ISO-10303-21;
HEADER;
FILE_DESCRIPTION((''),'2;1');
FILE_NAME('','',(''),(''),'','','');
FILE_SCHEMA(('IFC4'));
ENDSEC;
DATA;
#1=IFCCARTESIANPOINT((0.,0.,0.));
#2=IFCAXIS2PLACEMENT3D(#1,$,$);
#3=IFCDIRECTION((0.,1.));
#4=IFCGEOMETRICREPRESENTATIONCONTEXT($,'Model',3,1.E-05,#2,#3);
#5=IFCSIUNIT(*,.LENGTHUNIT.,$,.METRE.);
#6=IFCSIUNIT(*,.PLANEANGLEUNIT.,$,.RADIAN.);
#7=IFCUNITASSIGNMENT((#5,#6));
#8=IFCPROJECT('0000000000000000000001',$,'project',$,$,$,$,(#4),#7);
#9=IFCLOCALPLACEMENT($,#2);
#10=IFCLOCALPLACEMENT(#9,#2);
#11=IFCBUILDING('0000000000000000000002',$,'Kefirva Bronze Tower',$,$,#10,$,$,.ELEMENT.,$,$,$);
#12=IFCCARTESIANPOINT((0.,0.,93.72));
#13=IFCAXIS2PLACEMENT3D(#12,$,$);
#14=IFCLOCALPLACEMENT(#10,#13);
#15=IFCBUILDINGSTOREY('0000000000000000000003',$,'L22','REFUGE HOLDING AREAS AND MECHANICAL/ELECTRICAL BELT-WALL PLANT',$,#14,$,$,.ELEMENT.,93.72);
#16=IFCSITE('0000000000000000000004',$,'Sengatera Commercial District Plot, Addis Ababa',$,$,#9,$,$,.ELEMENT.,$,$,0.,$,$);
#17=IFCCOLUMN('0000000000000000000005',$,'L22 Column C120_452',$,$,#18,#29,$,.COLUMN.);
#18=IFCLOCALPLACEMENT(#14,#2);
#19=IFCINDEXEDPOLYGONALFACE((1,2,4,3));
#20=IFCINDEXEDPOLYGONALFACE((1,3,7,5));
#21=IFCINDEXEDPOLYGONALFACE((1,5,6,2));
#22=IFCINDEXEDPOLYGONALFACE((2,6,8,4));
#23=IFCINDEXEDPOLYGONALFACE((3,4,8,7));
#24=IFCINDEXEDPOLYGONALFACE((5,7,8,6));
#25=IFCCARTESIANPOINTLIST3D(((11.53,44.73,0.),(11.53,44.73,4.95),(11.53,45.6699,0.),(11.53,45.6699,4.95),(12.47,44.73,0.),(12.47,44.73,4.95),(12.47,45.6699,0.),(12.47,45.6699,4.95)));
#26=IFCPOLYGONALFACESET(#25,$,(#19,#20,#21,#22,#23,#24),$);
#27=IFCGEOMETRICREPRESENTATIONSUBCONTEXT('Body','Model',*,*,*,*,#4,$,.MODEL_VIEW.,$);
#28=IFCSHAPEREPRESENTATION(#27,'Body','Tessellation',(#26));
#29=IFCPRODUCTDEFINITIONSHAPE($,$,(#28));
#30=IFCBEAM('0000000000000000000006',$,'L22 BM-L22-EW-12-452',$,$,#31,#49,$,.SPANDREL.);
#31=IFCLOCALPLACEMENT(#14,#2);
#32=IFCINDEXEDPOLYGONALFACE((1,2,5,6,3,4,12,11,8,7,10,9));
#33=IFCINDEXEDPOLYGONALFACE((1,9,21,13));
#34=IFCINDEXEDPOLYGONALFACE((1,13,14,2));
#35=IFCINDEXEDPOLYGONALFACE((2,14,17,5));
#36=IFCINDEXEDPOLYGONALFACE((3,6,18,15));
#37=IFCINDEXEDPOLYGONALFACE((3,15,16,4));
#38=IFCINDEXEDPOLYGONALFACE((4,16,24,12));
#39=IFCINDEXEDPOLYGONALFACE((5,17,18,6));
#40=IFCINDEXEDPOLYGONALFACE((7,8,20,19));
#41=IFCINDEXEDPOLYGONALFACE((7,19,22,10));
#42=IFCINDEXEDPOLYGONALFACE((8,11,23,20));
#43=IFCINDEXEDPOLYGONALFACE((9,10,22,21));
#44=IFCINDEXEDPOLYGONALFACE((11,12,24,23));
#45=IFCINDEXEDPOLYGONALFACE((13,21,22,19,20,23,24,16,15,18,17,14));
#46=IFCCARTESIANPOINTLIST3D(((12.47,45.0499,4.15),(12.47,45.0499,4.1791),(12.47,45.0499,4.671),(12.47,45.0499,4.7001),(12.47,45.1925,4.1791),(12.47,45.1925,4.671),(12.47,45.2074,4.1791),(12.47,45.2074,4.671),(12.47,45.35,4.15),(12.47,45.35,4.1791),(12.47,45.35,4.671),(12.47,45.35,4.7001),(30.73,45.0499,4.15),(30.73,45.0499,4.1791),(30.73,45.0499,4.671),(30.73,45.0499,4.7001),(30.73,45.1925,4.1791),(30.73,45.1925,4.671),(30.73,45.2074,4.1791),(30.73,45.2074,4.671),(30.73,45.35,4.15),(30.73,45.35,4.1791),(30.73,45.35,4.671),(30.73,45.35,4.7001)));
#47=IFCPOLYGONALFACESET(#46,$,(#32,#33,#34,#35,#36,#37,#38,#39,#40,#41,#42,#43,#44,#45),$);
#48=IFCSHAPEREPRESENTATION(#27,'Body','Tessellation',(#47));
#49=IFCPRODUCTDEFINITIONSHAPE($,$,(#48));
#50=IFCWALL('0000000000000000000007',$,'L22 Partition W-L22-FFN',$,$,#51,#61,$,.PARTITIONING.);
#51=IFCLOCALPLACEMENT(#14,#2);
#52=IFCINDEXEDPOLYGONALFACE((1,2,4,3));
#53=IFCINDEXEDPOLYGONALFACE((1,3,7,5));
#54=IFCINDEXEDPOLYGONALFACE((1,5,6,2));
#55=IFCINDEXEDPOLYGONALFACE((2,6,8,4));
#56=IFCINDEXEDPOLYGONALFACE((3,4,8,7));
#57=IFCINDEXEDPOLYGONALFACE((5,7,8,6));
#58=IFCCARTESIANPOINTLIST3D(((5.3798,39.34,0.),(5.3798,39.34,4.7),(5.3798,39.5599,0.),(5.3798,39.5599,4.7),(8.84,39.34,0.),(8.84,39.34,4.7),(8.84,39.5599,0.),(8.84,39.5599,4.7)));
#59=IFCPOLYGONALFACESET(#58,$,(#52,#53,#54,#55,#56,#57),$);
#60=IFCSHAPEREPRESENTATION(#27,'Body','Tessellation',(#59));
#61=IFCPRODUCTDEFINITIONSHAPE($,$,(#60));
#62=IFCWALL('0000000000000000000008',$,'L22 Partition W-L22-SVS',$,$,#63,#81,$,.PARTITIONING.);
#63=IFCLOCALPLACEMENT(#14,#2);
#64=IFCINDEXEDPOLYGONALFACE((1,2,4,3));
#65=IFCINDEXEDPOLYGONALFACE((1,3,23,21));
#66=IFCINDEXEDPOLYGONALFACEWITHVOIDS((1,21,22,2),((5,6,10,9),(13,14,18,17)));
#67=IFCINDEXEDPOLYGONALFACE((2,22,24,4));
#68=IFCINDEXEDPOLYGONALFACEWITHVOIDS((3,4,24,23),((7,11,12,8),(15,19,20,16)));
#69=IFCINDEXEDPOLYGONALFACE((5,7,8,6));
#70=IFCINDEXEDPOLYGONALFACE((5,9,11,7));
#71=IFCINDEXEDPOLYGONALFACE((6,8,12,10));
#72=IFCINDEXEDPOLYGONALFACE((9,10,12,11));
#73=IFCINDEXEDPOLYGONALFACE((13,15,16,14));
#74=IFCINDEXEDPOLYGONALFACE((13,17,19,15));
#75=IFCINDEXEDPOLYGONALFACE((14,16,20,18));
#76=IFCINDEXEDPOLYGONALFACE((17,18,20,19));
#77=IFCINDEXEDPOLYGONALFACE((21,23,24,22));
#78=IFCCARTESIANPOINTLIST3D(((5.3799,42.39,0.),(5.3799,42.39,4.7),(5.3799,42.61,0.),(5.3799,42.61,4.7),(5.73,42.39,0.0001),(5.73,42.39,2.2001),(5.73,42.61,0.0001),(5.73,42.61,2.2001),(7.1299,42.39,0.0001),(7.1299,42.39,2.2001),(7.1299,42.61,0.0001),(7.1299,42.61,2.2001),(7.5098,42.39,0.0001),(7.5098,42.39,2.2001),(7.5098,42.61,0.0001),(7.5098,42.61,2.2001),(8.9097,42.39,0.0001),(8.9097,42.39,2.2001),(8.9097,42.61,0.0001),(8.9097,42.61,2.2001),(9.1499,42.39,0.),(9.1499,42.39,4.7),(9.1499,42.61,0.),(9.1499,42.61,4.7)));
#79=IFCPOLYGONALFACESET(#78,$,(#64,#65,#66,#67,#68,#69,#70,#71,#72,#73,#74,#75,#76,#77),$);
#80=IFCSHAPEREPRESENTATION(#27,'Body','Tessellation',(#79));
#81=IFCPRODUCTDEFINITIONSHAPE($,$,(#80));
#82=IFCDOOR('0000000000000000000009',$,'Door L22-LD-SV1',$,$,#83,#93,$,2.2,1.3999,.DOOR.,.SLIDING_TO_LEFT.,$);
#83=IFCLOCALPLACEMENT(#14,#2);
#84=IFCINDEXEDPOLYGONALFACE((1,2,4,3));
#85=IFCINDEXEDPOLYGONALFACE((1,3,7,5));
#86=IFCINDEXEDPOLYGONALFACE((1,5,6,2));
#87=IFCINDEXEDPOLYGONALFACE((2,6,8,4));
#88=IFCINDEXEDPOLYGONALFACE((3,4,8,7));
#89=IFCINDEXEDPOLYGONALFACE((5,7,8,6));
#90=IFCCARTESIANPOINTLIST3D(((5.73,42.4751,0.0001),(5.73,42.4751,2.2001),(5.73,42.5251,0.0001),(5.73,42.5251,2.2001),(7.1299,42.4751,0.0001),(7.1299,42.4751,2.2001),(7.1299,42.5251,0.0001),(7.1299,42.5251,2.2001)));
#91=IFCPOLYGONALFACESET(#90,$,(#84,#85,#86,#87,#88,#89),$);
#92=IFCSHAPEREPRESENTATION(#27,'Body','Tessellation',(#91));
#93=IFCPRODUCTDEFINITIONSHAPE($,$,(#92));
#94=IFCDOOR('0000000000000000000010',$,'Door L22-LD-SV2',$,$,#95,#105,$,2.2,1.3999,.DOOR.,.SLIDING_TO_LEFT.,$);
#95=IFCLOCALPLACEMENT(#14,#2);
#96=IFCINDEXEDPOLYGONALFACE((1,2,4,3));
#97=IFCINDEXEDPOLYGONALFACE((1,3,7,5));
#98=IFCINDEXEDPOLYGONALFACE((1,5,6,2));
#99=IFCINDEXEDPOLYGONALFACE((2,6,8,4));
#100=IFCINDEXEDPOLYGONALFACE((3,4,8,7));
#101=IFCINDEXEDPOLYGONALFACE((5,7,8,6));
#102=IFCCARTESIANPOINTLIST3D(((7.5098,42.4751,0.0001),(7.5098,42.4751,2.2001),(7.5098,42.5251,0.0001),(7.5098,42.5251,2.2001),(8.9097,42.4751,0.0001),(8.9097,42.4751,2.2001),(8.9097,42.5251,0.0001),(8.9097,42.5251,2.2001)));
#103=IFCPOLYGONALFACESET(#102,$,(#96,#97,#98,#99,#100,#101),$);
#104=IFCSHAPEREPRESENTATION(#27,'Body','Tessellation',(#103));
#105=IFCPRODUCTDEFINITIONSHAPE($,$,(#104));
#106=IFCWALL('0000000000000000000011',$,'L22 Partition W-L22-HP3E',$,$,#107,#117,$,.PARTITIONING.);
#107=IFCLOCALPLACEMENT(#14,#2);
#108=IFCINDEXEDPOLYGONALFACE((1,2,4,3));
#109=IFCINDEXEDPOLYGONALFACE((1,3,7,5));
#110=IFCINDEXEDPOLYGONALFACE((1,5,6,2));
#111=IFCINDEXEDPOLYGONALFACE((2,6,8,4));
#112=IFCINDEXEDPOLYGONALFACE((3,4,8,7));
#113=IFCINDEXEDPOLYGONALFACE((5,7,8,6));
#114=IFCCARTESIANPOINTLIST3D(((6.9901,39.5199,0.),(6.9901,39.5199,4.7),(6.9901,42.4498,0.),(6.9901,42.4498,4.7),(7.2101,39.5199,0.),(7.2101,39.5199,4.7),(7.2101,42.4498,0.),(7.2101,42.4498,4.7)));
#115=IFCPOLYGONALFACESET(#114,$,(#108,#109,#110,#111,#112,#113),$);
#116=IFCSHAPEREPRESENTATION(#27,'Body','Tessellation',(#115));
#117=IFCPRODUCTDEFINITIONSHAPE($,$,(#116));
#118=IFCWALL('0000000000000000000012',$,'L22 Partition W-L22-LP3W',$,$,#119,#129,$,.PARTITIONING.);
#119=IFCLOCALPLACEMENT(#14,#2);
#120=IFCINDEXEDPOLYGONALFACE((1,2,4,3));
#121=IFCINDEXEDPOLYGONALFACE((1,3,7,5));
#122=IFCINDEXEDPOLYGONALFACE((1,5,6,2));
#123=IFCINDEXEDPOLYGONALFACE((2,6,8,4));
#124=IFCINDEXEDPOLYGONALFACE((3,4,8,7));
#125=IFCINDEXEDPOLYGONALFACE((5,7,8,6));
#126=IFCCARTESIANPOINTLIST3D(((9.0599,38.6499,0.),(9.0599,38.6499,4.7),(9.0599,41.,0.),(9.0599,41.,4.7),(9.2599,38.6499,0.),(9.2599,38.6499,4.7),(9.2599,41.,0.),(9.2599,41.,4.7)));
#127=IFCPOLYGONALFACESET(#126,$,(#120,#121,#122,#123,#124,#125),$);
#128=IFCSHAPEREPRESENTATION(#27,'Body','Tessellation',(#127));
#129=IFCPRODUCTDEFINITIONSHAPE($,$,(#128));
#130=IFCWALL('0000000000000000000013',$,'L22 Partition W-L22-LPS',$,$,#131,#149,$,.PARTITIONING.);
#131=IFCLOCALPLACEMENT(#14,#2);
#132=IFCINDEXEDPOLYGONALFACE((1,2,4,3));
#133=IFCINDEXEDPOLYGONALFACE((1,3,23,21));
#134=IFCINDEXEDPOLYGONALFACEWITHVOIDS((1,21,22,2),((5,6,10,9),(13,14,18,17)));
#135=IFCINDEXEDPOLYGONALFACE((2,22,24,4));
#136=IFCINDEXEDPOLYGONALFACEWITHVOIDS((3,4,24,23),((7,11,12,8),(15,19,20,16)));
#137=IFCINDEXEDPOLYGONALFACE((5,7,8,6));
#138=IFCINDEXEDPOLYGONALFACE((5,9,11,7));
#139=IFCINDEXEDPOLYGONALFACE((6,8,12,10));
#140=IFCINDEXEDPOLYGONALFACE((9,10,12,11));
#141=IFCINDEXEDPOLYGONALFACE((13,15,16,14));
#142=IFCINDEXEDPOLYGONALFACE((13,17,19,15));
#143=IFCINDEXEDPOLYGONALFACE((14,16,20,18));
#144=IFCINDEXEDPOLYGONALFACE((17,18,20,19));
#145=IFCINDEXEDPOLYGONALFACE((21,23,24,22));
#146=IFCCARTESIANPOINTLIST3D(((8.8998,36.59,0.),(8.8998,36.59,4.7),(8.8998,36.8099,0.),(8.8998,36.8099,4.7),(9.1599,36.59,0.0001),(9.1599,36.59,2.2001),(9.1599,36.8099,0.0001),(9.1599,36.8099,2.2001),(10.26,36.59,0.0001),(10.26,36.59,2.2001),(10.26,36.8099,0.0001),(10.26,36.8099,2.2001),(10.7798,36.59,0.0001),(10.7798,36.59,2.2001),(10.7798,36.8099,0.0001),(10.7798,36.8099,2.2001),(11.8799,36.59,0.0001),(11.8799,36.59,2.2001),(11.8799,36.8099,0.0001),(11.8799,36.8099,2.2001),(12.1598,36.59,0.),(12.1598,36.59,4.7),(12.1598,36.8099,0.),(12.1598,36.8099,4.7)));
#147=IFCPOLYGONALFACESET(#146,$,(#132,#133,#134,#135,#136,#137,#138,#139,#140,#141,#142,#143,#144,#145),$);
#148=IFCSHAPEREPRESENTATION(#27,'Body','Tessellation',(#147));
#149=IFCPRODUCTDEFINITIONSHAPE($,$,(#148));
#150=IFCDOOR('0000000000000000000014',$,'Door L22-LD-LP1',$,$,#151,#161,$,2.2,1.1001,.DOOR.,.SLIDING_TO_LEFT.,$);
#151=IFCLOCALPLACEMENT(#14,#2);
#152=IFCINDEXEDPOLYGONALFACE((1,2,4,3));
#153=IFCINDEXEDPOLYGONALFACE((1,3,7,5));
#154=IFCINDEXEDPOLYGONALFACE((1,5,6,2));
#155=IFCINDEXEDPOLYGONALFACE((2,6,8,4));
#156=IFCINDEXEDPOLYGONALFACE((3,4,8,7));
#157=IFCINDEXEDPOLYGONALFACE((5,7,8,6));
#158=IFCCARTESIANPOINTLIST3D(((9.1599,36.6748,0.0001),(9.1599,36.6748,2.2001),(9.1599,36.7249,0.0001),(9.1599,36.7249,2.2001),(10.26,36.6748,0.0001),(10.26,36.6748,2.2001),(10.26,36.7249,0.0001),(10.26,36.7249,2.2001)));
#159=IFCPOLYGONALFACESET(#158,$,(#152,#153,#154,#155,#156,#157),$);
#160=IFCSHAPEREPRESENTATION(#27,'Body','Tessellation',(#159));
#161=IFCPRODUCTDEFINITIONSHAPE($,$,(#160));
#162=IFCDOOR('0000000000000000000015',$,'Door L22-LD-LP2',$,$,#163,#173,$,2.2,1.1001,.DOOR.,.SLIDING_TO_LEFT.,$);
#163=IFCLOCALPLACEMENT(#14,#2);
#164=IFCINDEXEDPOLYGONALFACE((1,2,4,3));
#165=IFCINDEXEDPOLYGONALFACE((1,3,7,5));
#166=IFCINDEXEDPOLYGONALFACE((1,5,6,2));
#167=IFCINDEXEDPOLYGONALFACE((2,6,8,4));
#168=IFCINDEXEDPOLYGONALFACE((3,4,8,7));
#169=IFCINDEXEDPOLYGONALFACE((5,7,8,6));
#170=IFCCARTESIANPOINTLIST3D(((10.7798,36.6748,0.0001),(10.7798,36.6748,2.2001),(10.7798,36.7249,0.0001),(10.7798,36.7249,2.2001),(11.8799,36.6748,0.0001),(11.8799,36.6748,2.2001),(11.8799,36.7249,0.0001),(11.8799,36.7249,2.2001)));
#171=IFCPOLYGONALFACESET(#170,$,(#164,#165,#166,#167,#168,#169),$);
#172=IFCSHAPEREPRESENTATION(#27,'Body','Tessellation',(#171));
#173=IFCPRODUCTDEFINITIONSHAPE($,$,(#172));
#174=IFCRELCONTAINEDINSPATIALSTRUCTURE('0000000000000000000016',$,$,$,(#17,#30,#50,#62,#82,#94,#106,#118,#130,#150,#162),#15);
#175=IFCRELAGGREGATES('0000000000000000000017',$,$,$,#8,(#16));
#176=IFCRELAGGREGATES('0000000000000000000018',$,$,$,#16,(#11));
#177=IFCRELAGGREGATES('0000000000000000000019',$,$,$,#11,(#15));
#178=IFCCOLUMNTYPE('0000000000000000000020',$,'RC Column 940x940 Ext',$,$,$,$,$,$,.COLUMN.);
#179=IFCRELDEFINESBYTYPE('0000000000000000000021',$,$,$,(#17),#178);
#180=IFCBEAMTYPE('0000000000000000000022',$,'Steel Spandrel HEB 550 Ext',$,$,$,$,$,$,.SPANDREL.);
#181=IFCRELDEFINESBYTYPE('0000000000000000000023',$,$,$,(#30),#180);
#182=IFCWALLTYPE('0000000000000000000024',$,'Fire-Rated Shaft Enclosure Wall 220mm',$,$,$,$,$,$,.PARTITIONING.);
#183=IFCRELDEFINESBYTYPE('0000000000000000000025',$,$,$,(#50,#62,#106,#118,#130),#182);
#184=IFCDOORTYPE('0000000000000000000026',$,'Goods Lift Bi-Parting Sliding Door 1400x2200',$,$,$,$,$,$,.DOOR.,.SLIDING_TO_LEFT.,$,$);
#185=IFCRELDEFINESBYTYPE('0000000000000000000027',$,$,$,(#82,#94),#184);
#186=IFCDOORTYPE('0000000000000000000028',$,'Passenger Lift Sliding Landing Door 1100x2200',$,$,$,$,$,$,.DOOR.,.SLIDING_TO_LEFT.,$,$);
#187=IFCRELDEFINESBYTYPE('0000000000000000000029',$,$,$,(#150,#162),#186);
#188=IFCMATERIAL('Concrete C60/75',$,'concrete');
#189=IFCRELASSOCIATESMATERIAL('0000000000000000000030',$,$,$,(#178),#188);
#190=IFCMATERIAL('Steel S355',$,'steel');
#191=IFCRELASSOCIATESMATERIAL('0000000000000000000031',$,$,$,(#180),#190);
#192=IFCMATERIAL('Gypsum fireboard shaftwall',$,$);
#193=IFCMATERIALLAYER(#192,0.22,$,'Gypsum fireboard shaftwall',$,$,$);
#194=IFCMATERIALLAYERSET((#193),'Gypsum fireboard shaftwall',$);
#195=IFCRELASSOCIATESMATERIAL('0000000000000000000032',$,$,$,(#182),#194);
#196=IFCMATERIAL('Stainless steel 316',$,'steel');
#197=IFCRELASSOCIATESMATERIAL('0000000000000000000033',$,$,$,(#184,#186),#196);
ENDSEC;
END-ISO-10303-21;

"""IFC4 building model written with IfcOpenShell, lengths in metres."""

from ifc_helpers import new_model, si_unit, direction, frame, frame_2d, origin, origin_2d, place, context, subcontext, project, spatial, rectangle, i_section, extrude, material, layer, layer_set, material_profile, profile_set, type_object, element, fill, save


model = new_model("IFC4")

# Units and contexts
model_context = context("Model", 3, precision=1e-05, world=origin(), true_north=direction((0.0, 1.0)))
body_context = subcontext(model_context, "Body", "Model", "MODEL_VIEW")
ifc_project = project(units=[si_unit("LENGTHUNIT", "METRE"), si_unit("PLANEANGLEUNIT", "RADIAN")], contexts=[model_context])

# Site, building, storey
site_placement = place(None, origin())
site = spatial("IfcSite", under=ifc_project, at=site_placement, Name="Sengatera Commercial District Plot, Addis Ababa", CompositionType="ELEMENT", RefElevation=0.0)
building_placement = place(site_placement, origin())
building = spatial("IfcBuilding", under=site, at=building_placement, Name="Kefirva Bronze Tower", CompositionType="ELEMENT")
storey_placement = place(building_placement, frame((0.0, 0.0, 93.72)))
storey = spatial("IfcBuildingStorey", under=building, at=storey_placement, Name="L22", Description="REFUGE HOLDING AREAS AND MECHANICAL/ELECTRICAL BELT-WALL PLANT", CompositionType="ELEMENT", Elevation=93.72)

# Column
ifc_material_1 = material(Name="Concrete C60/75", Category="concrete")
ifc_material_profile_1 = material_profile(ifc_material_1, rectangle(XDim=0.9399, YDim=0.9399, at=origin_2d()), Name="RC 940x940")
ifc_profile_set_1 = profile_set([ifc_material_profile_1], Name="Concrete C60/75")
column_type = type_object("IfcColumnType", Name="RC Column 940x940 Ext", PredefinedType="COLUMN", material=ifc_profile_set_1)
column_placement = place(storey_placement, frame((12.0, 45.2, 0.0), z_axis=(0.0, 0.0, 1.0), x_axis=(1.0, 0.0, 0.0)))
element("IfcColumn", 1, at=column_placement, inside=storey, type_object=column_type, Name="L22 Column C120_452", PredefinedType="COLUMN", context=body_context, shape_type="SweptSolid", body=[
    extrude(rectangle(XDim=0.9399, YDim=0.9399, at=origin_2d()), origin(), (0.0, 0.0, 1.0), 4.95),
])

# Beam
ifc_material_2 = material(Name="Steel S355", Category="steel")
ifc_material_profile_2 = material_profile(ifc_material_2, i_section(OverallWidth=0.3, OverallDepth=0.55, WebThickness=0.0149, FlangeThickness=0.0291, at=origin_2d()), Name="HEB 550")
ifc_profile_set_2 = profile_set([ifc_material_profile_2], Name="Steel S355")
beam_type = type_object("IfcBeamType", Name="Steel Spandrel HEB 550 Ext", PredefinedType="SPANDREL", material=ifc_profile_set_2)
beam_placement = place(storey_placement, frame((12.47, 45.2, 4.425), z_axis=(1.0, 0.0, 0.0), x_axis=(0.0, 1.0, 0.0)))
element("IfcBeam", 2, at=beam_placement, inside=storey, type_object=beam_type, Name="L22 BM-L22-EW-12-452", PredefinedType="SPANDREL", context=body_context, shape_type="SweptSolid", body=[
    extrude(i_section(OverallWidth=0.3, OverallDepth=0.55, WebThickness=0.0149, FlangeThickness=0.0291, at=origin_2d()), origin(), (0.0, 0.0, 1.0), 18.26),
])

# Wall
ifc_material_3 = material(Name="Gypsum fireboard shaftwall")
ifc_layer_1 = layer(ifc_material_3, 0.22, Name="Gypsum fireboard shaftwall")
ifc_layer_set_1 = layer_set([ifc_layer_1], Name="Gypsum fireboard shaftwall")
wall_type_1 = type_object("IfcWallType", Name="Fire-Rated Shaft Enclosure Wall 220mm", PredefinedType="PARTITIONING", material=ifc_layer_set_1)
wall_1_placement = place(storey_placement, frame((5.3799, 39.45, 0.0), z_axis=(0.0, 0.0, 1.0), x_axis=(1.0, 0.0, 0.0)))
element("IfcWall", 3, at=wall_1_placement, inside=storey, type_object=wall_type_1, Name="L22 Partition W-L22-FFN", PredefinedType="PARTITIONING", context=body_context, shape_type="SweptSolid", body=[
    extrude(rectangle(XDim=3.4602, YDim=0.22, at=frame_2d((1.73, 0.0))), origin(), (0.0, 0.0, 1.0), 4.7),
])

# Wall, openings, doors
wall_2_placement = place(storey_placement, frame((5.3799, 42.5, 0.0), z_axis=(0.0, 0.0, 1.0), x_axis=(1.0, 0.0, 0.0)))
wall_2 = element("IfcWall", 4, at=wall_2_placement, inside=storey, type_object=wall_type_1, Name="L22 Partition W-L22-SVS", PredefinedType="PARTITIONING", context=body_context, shape_type="SweptSolid", body=[
    extrude(rectangle(XDim=3.77, YDim=0.22, at=frame_2d((1.885, 0.0))), origin(), (0.0, 0.0, 1.0), 4.7),
])
opening_1_placement = place(wall_2_placement, frame((1.75, 0.0, 0.0), z_axis=(0.0, 0.0, 1.0), x_axis=(-1.0, 0.0, 0.0)))
opening_1 = element("IfcOpeningElement", 5, at=opening_1_placement, cuts=wall_2, PredefinedType="OPENING", context=body_context, shape_type="SweptSolid", body=[
    extrude(rectangle(XDim=1.3999, YDim=2.2, at=frame_2d((0.7, 1.1001))), frame((0.0, 0.1201, 0.0), z_axis=(0.0, -1.0, 0.0), x_axis=(1.0, 0.0, 0.0)), (0.0, 0.0, 1.0), 0.24),
])
opening_2_placement = place(wall_2_placement, frame((3.5298, 0.0, 0.0), z_axis=(0.0, 0.0, 1.0), x_axis=(-1.0, 0.0, 0.0)))
opening_2 = element("IfcOpeningElement", 6, at=opening_2_placement, cuts=wall_2, PredefinedType="OPENING", context=body_context, shape_type="SweptSolid", body=[
    extrude(rectangle(XDim=1.3999, YDim=2.2, at=frame_2d((0.7, 1.1001))), frame((0.0, 0.1201, 0.0), z_axis=(0.0, -1.0, 0.0), x_axis=(1.0, 0.0, 0.0)), (0.0, 0.0, 1.0), 0.24),
])
ifc_material_4 = material(Name="Stainless steel 316", Category="steel")
door_type_1 = type_object("IfcDoorType", Name="Goods Lift Bi-Parting Sliding Door 1400x2200", OperationType="SLIDING_TO_LEFT", PredefinedType="DOOR", material=ifc_material_4)
door_1_placement = place(opening_1_placement, origin())
door_1 = element("IfcDoor", 7, at=door_1_placement, inside=storey, type_object=door_type_1, Name="Door L22-LD-SV1", OperationType="SLIDING_TO_LEFT", OverallHeight=2.2, OverallWidth=1.3999, PredefinedType="DOOR", context=body_context, shape_type="SweptSolid", body=[
    extrude(rectangle(XDim=1.3999, YDim=2.2, at=frame_2d((0.7, 1.1001))), frame((0.0, 0.0249, 0.0), z_axis=(0.0, -1.0, 0.0), x_axis=(1.0, 0.0, 0.0)), (0.0, 0.0, 1.0), 0.05),
])
fill(opening_1, door_1)
door_2_placement = place(opening_2_placement, origin())
door_2 = element("IfcDoor", 8, at=door_2_placement, inside=storey, type_object=door_type_1, Name="Door L22-LD-SV2", OperationType="SLIDING_TO_LEFT", OverallHeight=2.2, OverallWidth=1.3999, PredefinedType="DOOR", context=body_context, shape_type="SweptSolid", body=[
    extrude(rectangle(XDim=1.3999, YDim=2.2, at=frame_2d((0.7, 1.1001))), frame((0.0, 0.0249, 0.0), z_axis=(0.0, -1.0, 0.0), x_axis=(1.0, 0.0, 0.0)), (0.0, 0.0, 1.0), 0.05),
])
fill(opening_2, door_2)

# Walls
wall_3_placement = place(storey_placement, frame((7.1001, 39.52, 0.0), z_axis=(0.0, 0.0, 1.0), x_axis=(0.0, 1.0, 0.0)))
element("IfcWall", 9, at=wall_3_placement, inside=storey, type_object=wall_type_1, Name="L22 Partition W-L22-HP3E", PredefinedType="PARTITIONING", context=body_context, shape_type="SweptSolid", body=[
    extrude(rectangle(XDim=2.9299, YDim=0.22, at=frame_2d((1.4648, 0.0))), origin(), (0.0, 0.0, 1.0), 4.7),
])
wall_4_placement = place(storey_placement, frame((9.1599, 38.6499, 0.0), z_axis=(0.0, 0.0, 1.0), x_axis=(0.0, 1.0, 0.0)))
element("IfcWall", 10, at=wall_4_placement, inside=storey, type_object=wall_type_1, Name="L22 Partition W-L22-LP3W", PredefinedType="PARTITIONING", context=body_context, shape_type="SweptSolid", body=[
    extrude(rectangle(XDim=2.3501, YDim=0.2, at=frame_2d((1.175, 0.0))), origin(), (0.0, 0.0, 1.0), 4.7),
])

# Wall, openings, doors
wall_5_placement = place(storey_placement, frame((8.8999, 36.7, 0.0), z_axis=(0.0, 0.0, 1.0), x_axis=(1.0, 0.0, 0.0)))
wall_5 = element("IfcWall", 11, at=wall_5_placement, inside=storey, type_object=wall_type_1, Name="L22 Partition W-L22-LPS", PredefinedType="PARTITIONING", context=body_context, shape_type="SweptSolid", body=[
    extrude(rectangle(XDim=3.26, YDim=0.22, at=frame_2d((1.6299, 0.0))), origin(), (0.0, 0.0, 1.0), 4.7),
])
opening_3_placement = place(wall_5_placement, frame((0.26, 0.0, 0.0)))
opening_3 = element("IfcOpeningElement", 12, at=opening_3_placement, cuts=wall_5, PredefinedType="OPENING", context=body_context, shape_type="SweptSolid", body=[
    extrude(rectangle(XDim=1.1001, YDim=2.2, at=frame_2d((0.55, 1.1001))), frame((0.0, 0.1201, 0.0), z_axis=(0.0, -1.0, 0.0), x_axis=(1.0, 0.0, 0.0)), (0.0, 0.0, 1.0), 0.24),
])
opening_4_placement = place(wall_5_placement, frame((1.8799, 0.0, 0.0)))
opening_4 = element("IfcOpeningElement", 13, at=opening_4_placement, cuts=wall_5, PredefinedType="OPENING", context=body_context, shape_type="SweptSolid", body=[
    extrude(rectangle(XDim=1.1001, YDim=2.2, at=frame_2d((0.55, 1.1001))), frame((0.0, 0.1201, 0.0), z_axis=(0.0, -1.0, 0.0), x_axis=(1.0, 0.0, 0.0)), (0.0, 0.0, 1.0), 0.24),
])
door_type_2 = type_object("IfcDoorType", Name="Passenger Lift Sliding Landing Door 1100x2200", OperationType="SLIDING_TO_LEFT", PredefinedType="DOOR", material=ifc_material_4)
door_3_placement = place(opening_3_placement, origin())
door_3 = element("IfcDoor", 14, at=door_3_placement, inside=storey, type_object=door_type_2, Name="Door L22-LD-LP1", OperationType="SLIDING_TO_LEFT", OverallHeight=2.2, OverallWidth=1.1001, PredefinedType="DOOR", context=body_context, shape_type="SweptSolid", body=[
    extrude(rectangle(XDim=1.1001, YDim=2.2, at=frame_2d((0.55, 1.1001))), frame((0.0, 0.0249, 0.0), z_axis=(0.0, -1.0, 0.0), x_axis=(1.0, 0.0, 0.0)), (0.0, 0.0, 1.0), 0.05),
])
fill(opening_3, door_3)
door_4_placement = place(opening_4_placement, origin())
door_4 = element("IfcDoor", 15, at=door_4_placement, inside=storey, type_object=door_type_2, Name="Door L22-LD-LP2", OperationType="SLIDING_TO_LEFT", OverallHeight=2.2, OverallWidth=1.1001, PredefinedType="DOOR", context=body_context, shape_type="SweptSolid", body=[
    extrude(rectangle(XDim=1.1001, YDim=2.2, at=frame_2d((0.55, 1.1001))), frame((0.0, 0.0249, 0.0), z_axis=(0.0, -1.0, 0.0), x_axis=(1.0, 0.0, 0.0)), (0.0, 0.0, 1.0), 0.05),
])
fill(opening_4, door_4)

save(model, "model.ifc")
